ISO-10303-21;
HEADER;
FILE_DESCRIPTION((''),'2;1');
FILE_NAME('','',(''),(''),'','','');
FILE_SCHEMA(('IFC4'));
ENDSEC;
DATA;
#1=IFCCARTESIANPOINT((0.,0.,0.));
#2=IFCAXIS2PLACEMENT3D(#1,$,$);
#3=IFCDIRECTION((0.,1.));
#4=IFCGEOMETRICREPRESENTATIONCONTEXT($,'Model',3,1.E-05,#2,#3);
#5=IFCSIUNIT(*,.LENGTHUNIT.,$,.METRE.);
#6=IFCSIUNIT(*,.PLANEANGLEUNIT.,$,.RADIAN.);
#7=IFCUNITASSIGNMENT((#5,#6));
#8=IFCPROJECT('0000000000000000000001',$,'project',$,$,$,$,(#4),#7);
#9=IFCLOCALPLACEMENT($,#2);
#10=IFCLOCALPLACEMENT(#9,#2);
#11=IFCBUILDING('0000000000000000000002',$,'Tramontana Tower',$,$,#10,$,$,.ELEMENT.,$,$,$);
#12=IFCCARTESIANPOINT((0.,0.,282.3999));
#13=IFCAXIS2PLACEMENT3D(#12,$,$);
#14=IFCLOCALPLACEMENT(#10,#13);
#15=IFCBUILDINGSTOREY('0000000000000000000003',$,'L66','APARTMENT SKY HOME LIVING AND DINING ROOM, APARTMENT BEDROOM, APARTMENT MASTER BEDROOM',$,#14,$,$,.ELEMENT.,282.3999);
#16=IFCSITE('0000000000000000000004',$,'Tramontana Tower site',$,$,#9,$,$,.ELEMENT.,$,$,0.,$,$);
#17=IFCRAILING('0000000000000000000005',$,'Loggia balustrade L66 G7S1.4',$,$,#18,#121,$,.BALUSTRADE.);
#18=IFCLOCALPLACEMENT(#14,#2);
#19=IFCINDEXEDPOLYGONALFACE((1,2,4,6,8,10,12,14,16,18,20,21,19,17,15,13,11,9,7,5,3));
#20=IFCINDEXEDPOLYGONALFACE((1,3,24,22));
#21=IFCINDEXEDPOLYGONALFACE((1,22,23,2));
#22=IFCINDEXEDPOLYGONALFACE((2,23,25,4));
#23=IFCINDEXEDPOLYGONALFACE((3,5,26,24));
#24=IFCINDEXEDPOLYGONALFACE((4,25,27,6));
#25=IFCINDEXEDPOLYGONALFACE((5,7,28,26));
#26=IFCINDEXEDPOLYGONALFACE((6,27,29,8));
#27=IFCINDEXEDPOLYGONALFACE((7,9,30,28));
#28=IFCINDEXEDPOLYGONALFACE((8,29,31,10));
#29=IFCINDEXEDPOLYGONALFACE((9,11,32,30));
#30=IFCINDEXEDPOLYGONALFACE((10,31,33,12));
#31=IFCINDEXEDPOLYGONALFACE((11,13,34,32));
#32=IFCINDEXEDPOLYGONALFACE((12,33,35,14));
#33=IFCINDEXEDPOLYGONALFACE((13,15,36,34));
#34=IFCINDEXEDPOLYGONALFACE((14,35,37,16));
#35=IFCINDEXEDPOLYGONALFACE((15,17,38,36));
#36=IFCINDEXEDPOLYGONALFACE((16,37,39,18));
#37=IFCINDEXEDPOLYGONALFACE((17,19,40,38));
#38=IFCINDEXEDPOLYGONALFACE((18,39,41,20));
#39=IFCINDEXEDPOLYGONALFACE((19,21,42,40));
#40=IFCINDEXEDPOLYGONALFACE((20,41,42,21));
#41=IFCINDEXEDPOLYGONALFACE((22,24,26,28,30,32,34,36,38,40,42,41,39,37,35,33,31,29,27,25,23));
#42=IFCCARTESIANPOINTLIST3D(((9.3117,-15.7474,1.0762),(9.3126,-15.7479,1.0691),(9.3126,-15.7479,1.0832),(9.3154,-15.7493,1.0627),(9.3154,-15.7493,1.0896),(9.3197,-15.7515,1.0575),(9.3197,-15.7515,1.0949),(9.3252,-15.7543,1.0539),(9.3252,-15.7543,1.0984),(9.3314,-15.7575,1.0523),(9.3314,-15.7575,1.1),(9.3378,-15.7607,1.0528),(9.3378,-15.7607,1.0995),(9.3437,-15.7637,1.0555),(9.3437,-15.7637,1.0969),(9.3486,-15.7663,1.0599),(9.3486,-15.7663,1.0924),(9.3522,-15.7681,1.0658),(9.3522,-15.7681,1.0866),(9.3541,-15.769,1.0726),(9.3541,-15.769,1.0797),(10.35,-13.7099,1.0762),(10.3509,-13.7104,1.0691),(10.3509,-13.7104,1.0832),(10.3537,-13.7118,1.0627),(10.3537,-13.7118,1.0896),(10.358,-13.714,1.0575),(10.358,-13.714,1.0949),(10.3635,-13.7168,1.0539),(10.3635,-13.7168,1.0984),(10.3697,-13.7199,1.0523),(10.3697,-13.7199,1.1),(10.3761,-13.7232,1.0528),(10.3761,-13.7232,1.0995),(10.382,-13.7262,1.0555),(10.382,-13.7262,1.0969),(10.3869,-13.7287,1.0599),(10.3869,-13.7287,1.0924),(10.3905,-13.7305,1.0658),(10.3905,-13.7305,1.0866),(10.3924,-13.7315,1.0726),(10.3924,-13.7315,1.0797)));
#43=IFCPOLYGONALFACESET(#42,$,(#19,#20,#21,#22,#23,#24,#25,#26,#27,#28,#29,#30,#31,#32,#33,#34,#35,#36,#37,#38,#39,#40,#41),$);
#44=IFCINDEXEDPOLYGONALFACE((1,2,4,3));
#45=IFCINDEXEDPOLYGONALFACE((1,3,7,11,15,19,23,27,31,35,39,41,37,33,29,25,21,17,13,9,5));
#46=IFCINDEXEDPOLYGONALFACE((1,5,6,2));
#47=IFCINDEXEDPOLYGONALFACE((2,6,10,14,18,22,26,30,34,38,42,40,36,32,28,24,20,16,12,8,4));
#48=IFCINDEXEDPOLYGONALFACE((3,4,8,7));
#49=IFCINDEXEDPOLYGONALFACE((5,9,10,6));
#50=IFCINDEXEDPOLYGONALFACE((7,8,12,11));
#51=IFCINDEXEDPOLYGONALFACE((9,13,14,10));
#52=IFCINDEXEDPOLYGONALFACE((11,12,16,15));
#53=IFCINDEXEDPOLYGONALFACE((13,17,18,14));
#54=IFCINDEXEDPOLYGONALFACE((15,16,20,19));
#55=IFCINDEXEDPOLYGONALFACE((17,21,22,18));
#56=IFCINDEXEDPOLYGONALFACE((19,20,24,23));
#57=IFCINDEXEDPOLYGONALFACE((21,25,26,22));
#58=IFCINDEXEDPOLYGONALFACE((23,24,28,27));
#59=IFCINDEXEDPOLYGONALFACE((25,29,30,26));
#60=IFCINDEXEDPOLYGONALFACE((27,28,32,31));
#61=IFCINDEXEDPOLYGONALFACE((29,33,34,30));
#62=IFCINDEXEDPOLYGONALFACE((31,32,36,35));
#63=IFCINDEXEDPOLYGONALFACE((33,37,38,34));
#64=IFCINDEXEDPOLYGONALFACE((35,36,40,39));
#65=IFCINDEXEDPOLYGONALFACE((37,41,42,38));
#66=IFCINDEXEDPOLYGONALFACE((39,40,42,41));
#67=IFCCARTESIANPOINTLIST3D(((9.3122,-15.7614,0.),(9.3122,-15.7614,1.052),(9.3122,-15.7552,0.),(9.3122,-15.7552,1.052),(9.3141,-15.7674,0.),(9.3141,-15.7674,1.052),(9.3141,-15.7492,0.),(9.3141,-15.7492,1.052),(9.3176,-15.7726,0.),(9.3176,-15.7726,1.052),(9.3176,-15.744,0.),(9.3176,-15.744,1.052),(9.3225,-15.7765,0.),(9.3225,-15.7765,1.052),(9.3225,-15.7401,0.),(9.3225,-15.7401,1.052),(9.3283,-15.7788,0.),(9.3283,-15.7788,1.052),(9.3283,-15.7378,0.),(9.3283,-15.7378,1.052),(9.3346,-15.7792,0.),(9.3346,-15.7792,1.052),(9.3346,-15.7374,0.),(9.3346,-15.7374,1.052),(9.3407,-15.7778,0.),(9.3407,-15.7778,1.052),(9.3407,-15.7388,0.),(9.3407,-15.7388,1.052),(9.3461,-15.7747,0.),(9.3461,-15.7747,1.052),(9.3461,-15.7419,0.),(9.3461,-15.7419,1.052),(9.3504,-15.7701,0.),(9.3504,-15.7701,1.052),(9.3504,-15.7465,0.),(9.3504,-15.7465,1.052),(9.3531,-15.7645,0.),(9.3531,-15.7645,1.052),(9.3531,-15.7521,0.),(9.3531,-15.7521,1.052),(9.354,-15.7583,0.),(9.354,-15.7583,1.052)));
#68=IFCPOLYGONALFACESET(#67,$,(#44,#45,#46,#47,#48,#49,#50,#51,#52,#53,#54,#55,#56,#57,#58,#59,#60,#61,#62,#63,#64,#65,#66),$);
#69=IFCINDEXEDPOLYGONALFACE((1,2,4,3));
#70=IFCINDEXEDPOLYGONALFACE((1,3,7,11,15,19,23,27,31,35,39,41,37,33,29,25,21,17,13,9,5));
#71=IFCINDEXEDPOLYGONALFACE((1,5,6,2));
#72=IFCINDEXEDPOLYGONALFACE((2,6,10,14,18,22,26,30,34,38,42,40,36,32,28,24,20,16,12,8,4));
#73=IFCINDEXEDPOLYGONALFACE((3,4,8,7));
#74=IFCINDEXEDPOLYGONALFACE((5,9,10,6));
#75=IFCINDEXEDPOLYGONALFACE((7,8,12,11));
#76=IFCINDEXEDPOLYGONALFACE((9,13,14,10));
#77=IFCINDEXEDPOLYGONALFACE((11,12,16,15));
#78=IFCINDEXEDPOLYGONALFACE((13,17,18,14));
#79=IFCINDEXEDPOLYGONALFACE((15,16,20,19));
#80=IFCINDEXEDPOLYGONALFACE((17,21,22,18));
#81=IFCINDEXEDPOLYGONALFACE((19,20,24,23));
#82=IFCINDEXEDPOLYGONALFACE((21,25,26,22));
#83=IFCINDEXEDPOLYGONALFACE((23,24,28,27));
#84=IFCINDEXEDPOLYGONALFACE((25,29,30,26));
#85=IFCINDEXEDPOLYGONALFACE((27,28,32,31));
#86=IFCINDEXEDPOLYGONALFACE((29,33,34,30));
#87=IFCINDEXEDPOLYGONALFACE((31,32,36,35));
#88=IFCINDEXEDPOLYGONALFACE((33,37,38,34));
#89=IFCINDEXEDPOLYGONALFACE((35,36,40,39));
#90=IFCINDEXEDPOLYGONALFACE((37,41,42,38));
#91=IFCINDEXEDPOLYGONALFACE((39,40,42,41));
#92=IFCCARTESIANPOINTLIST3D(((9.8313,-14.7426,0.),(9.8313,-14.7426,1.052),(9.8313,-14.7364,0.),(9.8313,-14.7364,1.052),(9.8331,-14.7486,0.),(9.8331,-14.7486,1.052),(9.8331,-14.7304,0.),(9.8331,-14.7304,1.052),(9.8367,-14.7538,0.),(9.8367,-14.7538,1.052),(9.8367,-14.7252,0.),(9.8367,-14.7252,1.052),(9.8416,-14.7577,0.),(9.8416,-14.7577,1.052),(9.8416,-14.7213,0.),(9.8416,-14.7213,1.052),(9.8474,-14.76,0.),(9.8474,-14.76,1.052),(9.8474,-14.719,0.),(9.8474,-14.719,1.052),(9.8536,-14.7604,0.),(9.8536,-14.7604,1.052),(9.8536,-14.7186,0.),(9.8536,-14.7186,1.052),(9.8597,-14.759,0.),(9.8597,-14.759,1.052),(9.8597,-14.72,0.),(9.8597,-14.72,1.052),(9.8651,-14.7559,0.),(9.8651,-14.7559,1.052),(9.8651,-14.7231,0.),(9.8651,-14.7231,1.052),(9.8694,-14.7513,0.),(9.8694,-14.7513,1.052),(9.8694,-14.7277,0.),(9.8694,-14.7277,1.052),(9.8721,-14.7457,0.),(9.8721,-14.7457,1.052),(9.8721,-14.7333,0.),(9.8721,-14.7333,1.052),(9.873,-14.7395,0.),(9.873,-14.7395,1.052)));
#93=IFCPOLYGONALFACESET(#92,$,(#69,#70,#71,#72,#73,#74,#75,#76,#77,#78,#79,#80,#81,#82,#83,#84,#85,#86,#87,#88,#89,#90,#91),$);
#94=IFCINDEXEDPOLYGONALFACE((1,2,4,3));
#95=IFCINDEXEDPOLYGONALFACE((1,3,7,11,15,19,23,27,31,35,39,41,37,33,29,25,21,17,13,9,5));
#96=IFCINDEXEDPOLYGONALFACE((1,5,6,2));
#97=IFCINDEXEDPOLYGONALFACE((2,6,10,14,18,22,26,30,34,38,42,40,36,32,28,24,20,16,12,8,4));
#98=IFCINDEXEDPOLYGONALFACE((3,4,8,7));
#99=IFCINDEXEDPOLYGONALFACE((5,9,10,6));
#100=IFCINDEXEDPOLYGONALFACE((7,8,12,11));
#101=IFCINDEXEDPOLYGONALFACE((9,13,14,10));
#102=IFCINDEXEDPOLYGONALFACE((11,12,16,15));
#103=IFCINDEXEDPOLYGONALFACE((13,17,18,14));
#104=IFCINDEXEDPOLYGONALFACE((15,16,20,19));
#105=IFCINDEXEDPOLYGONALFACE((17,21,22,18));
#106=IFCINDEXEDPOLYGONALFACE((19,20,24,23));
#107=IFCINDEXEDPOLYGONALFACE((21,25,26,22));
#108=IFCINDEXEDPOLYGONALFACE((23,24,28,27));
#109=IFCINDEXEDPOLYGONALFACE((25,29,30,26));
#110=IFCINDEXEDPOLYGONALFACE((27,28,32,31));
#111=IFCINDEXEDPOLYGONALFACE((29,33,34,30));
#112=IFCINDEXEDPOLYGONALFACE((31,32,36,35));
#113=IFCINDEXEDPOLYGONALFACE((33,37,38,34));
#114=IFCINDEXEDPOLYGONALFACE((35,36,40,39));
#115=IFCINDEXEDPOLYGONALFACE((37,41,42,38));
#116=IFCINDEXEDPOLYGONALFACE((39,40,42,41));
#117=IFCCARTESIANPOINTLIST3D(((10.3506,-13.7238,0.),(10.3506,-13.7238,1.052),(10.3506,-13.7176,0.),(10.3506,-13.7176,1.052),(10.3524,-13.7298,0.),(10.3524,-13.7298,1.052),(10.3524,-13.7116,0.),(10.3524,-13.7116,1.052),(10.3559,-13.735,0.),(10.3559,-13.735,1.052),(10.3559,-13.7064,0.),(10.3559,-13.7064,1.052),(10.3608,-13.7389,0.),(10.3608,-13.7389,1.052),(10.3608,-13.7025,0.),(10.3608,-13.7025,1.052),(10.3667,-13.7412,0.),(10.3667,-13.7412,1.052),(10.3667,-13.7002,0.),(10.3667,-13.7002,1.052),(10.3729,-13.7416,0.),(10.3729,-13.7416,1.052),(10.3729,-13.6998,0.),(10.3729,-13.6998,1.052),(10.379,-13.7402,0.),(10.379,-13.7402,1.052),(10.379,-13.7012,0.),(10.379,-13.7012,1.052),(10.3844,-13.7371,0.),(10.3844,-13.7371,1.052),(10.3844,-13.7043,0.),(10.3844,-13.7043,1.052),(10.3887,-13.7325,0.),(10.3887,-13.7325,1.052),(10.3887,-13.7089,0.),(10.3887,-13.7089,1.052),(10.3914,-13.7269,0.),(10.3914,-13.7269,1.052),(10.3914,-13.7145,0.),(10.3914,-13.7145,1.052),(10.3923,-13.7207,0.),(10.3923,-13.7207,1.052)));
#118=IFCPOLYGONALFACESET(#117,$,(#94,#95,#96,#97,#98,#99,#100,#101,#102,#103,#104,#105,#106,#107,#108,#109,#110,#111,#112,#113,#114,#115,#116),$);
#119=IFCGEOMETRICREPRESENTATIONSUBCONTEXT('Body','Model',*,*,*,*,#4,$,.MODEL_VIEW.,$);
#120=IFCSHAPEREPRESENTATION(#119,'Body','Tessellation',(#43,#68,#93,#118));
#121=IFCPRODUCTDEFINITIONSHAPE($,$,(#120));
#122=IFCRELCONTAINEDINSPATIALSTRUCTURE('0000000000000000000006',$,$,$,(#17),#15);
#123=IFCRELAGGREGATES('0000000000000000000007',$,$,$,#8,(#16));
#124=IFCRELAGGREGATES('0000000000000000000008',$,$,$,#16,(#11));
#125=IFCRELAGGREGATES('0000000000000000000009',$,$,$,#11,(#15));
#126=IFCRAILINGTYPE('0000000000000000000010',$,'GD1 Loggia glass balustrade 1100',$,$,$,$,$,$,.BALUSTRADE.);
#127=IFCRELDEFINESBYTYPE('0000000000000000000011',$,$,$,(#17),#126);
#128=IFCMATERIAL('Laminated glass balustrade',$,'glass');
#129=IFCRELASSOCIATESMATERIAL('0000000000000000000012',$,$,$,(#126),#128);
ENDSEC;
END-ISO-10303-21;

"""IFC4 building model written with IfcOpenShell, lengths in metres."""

from ifc_helpers import new_model, si_unit, direction, frame, origin, origin_2d, place, context, subcontext, project, spatial, circle, extrude, material, type_object, element, save


model = new_model("IFC4")

# Units and contexts
model_context = context("Model", 3, precision=1e-05, world=origin(), true_north=direction((0.0, 1.0)))
body_context = subcontext(model_context, "Body", "Model", "MODEL_VIEW")
ifc_project = project(units=[si_unit("LENGTHUNIT", "METRE"), si_unit("PLANEANGLEUNIT", "RADIAN")], contexts=[model_context])

# Site, building, storey
site_placement = place(None, origin())
site = spatial("IfcSite", under=ifc_project, at=site_placement, Name="Tramontana Tower site", CompositionType="ELEMENT", RefElevation=0.0)
building_placement = place(site_placement, origin())
building = spatial("IfcBuilding", under=site, at=building_placement, Name="Tramontana Tower", CompositionType="ELEMENT")
storey_placement = place(building_placement, frame((0.0, 0.0, 282.3999)))
storey = spatial("IfcBuildingStorey", under=building, at=storey_placement, Name="L66", Description="APARTMENT SKY HOME LIVING AND DINING ROOM, APARTMENT BEDROOM, APARTMENT MASTER BEDROOM", CompositionType="ELEMENT", Elevation=282.3999)

# Railing
ifc_material_1 = material(Name="Laminated glass balustrade", Category="glass")
railing_type = type_object("IfcRailingType", Name="GD1 Loggia glass balustrade 1100", PredefinedType="BALUSTRADE", material=ifc_material_1)
railing_1_placement = place(storey_placement, frame((9.333, -15.7583, 0.0)))
element("IfcRailing", 1, at=railing_1_placement, inside=storey, type_object=railing_type, Name="Loggia balustrade L66 G7S1.4", PredefinedType="BALUSTRADE", context=body_context, shape_type="SweptSolid", body=[
    extrude(circle(Radius=0.0239, at=origin_2d()), frame((0.0, 0.0, 1.0762), z_axis=(0.454033, 0.890985, 0.0), x_axis=(-0.890985, 0.454033, 0.0)), (0.0, 0.0, 1.0), 2.2869),
    extrude(circle(Radius=0.021, at=origin_2d()), origin(), (0.0, 0.0, 1.0), 1.052),
    extrude(circle(Radius=0.021, at=origin_2d()), frame((0.519, 1.0188, 0.0)), (0.0, 0.0, 1.0), 1.052),
    extrude(circle(Radius=0.021, at=origin_2d()), frame((1.0383, 2.0376, 0.0)), (0.0, 0.0, 1.0), 1.052),
])

save(model, "model.ifc")
